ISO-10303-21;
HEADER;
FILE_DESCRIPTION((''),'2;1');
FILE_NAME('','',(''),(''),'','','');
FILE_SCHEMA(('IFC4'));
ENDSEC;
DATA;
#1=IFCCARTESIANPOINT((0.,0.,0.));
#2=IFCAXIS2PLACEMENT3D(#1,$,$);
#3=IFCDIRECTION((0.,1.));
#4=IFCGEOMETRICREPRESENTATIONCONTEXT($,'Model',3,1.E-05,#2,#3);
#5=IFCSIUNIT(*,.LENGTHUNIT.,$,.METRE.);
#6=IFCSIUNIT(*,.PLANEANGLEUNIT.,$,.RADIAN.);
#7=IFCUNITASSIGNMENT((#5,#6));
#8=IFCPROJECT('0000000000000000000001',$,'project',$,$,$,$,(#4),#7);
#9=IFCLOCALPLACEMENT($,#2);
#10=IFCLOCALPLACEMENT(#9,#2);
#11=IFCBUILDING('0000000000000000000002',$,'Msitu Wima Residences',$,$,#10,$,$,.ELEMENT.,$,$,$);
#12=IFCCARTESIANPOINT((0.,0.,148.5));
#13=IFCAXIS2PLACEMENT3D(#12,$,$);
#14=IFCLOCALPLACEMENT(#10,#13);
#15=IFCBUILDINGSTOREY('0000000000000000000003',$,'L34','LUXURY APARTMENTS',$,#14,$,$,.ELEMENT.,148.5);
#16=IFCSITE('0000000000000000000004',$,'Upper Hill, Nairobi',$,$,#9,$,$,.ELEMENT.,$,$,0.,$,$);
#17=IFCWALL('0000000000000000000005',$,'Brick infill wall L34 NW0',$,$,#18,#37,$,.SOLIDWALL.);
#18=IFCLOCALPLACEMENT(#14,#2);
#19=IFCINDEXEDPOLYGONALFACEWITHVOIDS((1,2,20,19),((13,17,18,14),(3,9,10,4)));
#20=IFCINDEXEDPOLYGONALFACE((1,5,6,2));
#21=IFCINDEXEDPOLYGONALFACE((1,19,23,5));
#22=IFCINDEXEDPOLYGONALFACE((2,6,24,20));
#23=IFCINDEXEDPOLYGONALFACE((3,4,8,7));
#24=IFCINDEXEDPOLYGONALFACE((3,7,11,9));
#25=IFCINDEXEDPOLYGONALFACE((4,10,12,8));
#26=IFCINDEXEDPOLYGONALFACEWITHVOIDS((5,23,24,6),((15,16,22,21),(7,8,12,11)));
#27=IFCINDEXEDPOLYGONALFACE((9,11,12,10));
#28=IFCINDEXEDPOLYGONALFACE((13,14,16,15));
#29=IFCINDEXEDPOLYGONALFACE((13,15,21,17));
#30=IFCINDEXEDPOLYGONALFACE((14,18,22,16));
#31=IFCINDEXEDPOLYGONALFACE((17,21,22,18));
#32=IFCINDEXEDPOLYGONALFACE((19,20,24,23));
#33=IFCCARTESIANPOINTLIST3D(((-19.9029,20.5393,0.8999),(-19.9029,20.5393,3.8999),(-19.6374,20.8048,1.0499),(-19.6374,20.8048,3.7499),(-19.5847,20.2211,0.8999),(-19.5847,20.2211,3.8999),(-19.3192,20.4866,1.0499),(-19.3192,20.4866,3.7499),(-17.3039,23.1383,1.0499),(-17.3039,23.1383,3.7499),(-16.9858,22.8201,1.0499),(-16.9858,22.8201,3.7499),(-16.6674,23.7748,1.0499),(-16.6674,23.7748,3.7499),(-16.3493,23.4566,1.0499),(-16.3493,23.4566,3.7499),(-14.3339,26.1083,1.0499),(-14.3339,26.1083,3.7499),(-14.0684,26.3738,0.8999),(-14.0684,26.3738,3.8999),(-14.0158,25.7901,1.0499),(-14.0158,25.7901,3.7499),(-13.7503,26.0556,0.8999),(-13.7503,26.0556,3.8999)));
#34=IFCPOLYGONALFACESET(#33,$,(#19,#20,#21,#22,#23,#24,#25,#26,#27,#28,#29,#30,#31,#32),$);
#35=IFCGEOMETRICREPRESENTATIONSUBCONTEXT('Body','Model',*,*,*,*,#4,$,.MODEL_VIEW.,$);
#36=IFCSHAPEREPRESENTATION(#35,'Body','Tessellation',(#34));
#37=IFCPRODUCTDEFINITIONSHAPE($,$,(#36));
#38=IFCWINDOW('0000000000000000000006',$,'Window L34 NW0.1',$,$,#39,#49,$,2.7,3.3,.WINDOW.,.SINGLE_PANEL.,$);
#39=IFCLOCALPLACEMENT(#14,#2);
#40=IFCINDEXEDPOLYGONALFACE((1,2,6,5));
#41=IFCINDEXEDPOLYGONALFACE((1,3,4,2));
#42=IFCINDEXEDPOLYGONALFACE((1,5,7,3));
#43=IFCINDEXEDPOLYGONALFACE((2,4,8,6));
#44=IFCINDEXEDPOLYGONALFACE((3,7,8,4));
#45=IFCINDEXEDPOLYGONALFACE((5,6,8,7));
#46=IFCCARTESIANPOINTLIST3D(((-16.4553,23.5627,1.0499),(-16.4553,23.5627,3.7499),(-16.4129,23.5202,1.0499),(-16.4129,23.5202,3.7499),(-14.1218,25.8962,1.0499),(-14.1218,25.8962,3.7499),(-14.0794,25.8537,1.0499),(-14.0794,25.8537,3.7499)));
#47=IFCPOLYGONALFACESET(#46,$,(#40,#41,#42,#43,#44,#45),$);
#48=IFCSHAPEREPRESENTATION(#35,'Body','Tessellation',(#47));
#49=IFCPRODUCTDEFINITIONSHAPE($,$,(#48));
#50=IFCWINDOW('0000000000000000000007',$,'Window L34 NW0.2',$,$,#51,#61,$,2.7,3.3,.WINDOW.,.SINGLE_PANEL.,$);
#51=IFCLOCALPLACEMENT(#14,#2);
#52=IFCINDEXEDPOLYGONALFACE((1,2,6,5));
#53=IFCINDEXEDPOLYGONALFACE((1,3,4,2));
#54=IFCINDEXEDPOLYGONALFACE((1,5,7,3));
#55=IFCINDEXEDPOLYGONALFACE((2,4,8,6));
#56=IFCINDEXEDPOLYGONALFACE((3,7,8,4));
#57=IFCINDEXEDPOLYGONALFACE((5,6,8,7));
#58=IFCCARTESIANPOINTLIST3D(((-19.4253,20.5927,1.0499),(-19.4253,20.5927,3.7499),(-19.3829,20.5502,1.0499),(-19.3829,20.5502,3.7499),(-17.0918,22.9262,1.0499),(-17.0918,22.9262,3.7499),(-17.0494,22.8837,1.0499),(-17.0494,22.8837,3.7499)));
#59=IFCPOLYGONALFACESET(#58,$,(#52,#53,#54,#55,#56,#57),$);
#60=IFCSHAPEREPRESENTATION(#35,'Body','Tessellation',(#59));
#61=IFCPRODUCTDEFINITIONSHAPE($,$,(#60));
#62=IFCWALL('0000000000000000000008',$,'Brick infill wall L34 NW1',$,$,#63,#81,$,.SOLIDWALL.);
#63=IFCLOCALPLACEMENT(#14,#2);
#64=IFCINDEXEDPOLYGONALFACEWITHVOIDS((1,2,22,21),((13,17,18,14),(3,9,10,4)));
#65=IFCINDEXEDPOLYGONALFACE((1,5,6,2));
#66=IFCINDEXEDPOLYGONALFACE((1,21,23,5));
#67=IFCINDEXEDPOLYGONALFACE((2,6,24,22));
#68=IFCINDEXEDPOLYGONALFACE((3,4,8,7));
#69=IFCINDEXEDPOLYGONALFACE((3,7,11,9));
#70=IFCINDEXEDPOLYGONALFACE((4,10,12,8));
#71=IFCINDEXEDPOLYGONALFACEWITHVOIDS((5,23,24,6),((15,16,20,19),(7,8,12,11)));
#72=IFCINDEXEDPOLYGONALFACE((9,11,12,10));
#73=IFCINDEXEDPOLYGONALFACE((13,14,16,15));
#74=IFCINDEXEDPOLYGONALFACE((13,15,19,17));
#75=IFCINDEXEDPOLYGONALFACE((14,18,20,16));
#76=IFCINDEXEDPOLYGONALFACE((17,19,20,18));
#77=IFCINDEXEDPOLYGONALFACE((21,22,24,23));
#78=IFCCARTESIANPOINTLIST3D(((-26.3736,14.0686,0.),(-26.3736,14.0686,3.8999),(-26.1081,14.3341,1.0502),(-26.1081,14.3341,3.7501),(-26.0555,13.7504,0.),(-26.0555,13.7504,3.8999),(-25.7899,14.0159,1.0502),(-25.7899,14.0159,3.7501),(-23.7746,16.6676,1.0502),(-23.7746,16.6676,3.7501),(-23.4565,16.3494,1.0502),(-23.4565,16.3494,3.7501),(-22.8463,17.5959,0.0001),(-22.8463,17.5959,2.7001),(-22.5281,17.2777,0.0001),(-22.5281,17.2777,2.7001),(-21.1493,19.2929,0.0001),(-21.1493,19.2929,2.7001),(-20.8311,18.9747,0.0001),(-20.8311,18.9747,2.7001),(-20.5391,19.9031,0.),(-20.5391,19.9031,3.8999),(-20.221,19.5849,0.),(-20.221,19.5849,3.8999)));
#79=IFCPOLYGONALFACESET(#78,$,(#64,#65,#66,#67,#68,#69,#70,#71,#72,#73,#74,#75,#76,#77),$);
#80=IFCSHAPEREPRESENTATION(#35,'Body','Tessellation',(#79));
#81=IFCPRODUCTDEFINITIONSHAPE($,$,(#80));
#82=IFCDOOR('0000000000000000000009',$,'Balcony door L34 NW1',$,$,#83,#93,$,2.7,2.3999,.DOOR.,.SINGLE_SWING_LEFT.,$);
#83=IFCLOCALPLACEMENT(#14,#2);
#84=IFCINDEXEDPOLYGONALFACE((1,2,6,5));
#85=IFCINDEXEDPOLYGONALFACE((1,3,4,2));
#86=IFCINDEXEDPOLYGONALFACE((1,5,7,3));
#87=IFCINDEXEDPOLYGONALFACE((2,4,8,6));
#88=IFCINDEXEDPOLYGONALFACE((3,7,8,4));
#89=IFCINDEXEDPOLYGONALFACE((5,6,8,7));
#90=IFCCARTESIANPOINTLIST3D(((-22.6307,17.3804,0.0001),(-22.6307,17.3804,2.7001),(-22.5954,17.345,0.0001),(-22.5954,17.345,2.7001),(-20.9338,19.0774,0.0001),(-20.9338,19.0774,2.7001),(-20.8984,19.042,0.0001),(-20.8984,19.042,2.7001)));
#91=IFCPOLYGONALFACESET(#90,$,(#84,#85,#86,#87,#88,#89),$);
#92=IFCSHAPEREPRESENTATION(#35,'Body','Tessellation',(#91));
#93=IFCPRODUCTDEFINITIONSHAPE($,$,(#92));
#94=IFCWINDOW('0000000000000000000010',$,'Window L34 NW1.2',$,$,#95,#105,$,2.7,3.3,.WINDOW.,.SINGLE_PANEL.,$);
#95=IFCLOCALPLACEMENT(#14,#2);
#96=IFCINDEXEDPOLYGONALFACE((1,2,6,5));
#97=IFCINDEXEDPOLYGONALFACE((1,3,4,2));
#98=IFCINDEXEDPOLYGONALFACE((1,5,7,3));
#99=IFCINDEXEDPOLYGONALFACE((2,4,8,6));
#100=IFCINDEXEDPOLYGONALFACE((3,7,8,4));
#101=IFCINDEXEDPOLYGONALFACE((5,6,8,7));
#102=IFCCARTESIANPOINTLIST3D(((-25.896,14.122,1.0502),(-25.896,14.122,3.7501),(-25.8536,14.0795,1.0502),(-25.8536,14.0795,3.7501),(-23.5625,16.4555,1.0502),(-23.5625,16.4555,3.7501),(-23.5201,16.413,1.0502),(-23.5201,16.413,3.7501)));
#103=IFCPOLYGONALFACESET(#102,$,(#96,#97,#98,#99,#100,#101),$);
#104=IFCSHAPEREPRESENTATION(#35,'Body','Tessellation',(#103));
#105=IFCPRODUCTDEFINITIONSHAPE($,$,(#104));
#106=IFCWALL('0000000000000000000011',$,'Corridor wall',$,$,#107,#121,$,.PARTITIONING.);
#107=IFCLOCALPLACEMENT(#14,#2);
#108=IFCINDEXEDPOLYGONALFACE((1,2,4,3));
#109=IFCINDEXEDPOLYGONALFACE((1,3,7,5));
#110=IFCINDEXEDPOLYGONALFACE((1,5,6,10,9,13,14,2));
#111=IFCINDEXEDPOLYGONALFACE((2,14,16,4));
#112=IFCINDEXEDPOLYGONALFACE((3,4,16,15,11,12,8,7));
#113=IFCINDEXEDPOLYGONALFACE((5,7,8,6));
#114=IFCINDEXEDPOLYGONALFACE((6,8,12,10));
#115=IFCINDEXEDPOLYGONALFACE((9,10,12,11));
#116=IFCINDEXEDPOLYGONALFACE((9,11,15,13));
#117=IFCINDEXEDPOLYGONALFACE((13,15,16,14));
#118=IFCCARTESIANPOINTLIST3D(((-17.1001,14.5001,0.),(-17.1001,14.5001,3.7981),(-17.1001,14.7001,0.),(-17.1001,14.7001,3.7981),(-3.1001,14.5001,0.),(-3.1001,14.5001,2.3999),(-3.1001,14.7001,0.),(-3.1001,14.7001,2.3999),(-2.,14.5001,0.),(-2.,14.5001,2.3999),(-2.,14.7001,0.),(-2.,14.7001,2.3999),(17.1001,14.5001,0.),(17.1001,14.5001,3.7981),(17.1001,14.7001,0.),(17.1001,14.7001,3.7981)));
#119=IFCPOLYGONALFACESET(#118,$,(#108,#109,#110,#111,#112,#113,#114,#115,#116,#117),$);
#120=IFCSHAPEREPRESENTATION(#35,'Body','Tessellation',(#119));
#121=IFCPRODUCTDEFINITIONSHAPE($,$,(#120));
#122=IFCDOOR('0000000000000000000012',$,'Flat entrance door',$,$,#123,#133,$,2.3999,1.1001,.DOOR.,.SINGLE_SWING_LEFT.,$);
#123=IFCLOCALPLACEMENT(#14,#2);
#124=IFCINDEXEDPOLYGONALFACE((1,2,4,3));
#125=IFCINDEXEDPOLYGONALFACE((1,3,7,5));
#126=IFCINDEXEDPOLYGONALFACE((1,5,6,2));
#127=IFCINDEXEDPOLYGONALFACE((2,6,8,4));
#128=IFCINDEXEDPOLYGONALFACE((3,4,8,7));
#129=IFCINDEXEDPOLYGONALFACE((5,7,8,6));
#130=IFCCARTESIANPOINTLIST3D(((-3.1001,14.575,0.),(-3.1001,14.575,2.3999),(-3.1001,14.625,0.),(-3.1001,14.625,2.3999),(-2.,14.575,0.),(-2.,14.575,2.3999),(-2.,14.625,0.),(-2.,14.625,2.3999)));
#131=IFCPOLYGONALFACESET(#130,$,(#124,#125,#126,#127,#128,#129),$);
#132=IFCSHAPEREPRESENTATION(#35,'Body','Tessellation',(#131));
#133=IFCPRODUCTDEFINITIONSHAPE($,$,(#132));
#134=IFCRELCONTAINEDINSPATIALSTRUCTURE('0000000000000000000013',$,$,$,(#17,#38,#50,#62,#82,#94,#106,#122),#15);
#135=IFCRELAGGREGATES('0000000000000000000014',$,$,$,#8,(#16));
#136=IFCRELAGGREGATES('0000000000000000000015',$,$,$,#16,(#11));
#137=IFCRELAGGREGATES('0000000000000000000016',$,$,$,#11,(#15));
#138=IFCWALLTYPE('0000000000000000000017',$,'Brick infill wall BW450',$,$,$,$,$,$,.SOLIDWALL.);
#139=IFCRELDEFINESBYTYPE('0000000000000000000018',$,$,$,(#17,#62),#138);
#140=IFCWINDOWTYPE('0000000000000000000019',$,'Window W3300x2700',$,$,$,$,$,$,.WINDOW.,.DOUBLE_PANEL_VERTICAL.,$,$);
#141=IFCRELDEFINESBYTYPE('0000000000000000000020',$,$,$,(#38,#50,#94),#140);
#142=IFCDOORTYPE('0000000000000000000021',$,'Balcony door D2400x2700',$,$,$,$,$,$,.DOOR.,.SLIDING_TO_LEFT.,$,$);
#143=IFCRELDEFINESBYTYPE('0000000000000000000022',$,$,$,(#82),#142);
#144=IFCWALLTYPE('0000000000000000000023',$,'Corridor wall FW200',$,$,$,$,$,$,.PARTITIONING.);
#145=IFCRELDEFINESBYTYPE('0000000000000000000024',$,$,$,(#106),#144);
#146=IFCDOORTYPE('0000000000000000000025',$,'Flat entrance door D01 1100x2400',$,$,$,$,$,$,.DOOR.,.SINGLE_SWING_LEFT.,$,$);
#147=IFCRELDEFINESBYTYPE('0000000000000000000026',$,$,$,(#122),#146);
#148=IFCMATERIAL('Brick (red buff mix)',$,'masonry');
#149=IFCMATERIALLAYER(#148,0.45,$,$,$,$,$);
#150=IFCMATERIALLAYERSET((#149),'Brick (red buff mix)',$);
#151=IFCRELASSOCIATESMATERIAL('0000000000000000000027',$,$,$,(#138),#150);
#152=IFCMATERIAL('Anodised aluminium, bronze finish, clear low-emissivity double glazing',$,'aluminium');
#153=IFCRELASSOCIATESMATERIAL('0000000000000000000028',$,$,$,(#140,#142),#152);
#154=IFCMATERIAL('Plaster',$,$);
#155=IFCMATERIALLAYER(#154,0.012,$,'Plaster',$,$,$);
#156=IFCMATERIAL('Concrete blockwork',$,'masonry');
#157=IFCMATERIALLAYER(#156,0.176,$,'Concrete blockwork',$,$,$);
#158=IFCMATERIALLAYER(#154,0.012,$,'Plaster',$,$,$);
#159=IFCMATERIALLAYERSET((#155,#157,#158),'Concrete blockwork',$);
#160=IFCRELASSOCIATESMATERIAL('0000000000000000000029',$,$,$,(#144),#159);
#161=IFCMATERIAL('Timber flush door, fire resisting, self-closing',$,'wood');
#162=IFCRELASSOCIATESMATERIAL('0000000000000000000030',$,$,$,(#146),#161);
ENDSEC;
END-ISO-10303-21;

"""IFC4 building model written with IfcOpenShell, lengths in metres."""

from ifc_helpers import new_model, si_unit, direction, frame, frame_2d, origin, place, context, subcontext, project, spatial, rectangle, extrude, material, layer, layer_set, type_object, element, fill, save


model = new_model("IFC4")

# Units and contexts
model_context = context("Model", 3, precision=1e-05, world=origin(), true_north=direction((0.0, 1.0)))
body_context = subcontext(model_context, "Body", "Model", "MODEL_VIEW")
ifc_project = project(units=[si_unit("LENGTHUNIT", "METRE"), si_unit("PLANEANGLEUNIT", "RADIAN")], contexts=[model_context])

# Site, building, storey
site_placement = place(None, origin())
site = spatial("IfcSite", under=ifc_project, at=site_placement, Name="Upper Hill, Nairobi", CompositionType="ELEMENT", RefElevation=0.0)
building_placement = place(site_placement, origin())
building = spatial("IfcBuilding", under=site, at=building_placement, Name="Msitu Wima Residences", CompositionType="ELEMENT")
storey_placement = place(building_placement, frame((0.0, 0.0, 148.5)))
storey = spatial("IfcBuildingStorey", under=building, at=storey_placement, Name="L34", Description="LUXURY APARTMENTS", CompositionType="ELEMENT", Elevation=148.5)

# Wall, openings, windows
ifc_material_1 = material(Name="Brick (red buff mix)", Category="masonry")
ifc_layer_1 = layer(ifc_material_1, 0.45)
ifc_layer_set_1 = layer_set([ifc_layer_1], Name="Brick (red buff mix)")
wall_type_1 = type_object("IfcWallType", Name="Brick infill wall BW450", PredefinedType="SOLIDWALL", material=ifc_layer_set_1)
wall_1_placement = place(storey_placement, frame((-13.9094, 26.2146, 0.8999), z_axis=(0.0, 0.0, 1.0), x_axis=(-0.707107, -0.707107, 0.0)))
wall_1 = element("IfcWall", 1, at=wall_1_placement, inside=storey, type_object=wall_type_1, Name="Brick infill wall L34 NW0", PredefinedType="SOLIDWALL", context=body_context, shape_type="SweptSolid", body=[
    extrude(rectangle(XDim=8.2512, YDim=0.45, at=frame_2d((4.1255, 0.0))), origin(), (0.0, 0.0, 1.0), 3.0),
])
opening_1_placement = place(wall_1_placement, frame((0.3755, 0.0, 0.1499)))
opening_1 = element("IfcOpeningElement", 2, at=opening_1_placement, cuts=wall_1, PredefinedType="OPENING", context=body_context, shape_type="SweptSolid", body=[
    extrude(rectangle(XDim=3.3, YDim=2.7, at=frame_2d((1.6499, 1.3501))), frame((0.0, 0.2349, 0.0), z_axis=(0.0, -1.0, 0.0), x_axis=(1.0, 0.0, 0.0)), (0.0, 0.0, 1.0), 0.47),
])
opening_2_placement = place(wall_1_placement, frame((4.5757, 0.0, 0.1499)))
opening_2 = element("IfcOpeningElement", 3, at=opening_2_placement, cuts=wall_1, PredefinedType="OPENING", context=body_context, shape_type="SweptSolid", body=[
    extrude(rectangle(XDim=3.3, YDim=2.7, at=frame_2d((1.6499, 1.3501))), frame((0.0, 0.2349, 0.0), z_axis=(0.0, -1.0, 0.0), x_axis=(1.0, 0.0, 0.0)), (0.0, 0.0, 1.0), 0.47),
])
ifc_material_2 = material(Name="Anodised aluminium, bronze finish, clear low-emissivity double glazing", Category="aluminium")
window_type = type_object("IfcWindowType", Name="Window W3300x2700", PartitioningType="DOUBLE_PANEL_VERTICAL", PredefinedType="WINDOW", material=ifc_material_2)
window_1_placement = place(opening_1_placement, origin())
window_1 = element("IfcWindow", 4, at=window_1_placement, inside=storey, type_object=window_type, Name="Window L34 NW0.1", OverallHeight=2.7, OverallWidth=3.3, PartitioningType="SINGLE_PANEL", PredefinedType="WINDOW", context=body_context, shape_type="SweptSolid", body=[
    extrude(rectangle(XDim=3.3, YDim=2.7, at=frame_2d((1.6499, 1.3501))), frame((0.0, 0.135, 0.0), z_axis=(0.0, -1.0, 0.0), x_axis=(1.0, 0.0, 0.0)), (0.0, 0.0, 1.0), 0.0601),
])
fill(opening_1, window_1)
window_2_placement = place(opening_2_placement, origin())
window_2 = element("IfcWindow", 5, at=window_2_placement, inside=storey, type_object=window_type, Name="Window L34 NW0.2", OverallHeight=2.7, OverallWidth=3.3, PartitioningType="SINGLE_PANEL", PredefinedType="WINDOW", context=body_context, shape_type="SweptSolid", body=[
    extrude(rectangle(XDim=3.3, YDim=2.7, at=frame_2d((1.6499, 1.3501))), frame((0.0, 0.135, 0.0), z_axis=(0.0, -1.0, 0.0), x_axis=(1.0, 0.0, 0.0)), (0.0, 0.0, 1.0), 0.0601),
])
fill(opening_2, window_2)

# Wall, openings, door, window
wall_2_placement = place(storey_placement, frame((-20.3801, 19.7439, 0.0), z_axis=(0.0, 0.0, 1.0), x_axis=(-0.707107, -0.707107, 0.0)))
wall_2 = element("IfcWall", 6, at=wall_2_placement, inside=storey, type_object=wall_type_1, Name="Brick infill wall L34 NW1", PredefinedType="SOLIDWALL", context=body_context, shape_type="SweptSolid", body=[
    extrude(rectangle(XDim=8.2512, YDim=0.45, at=frame_2d((4.1255, 0.0))), origin(), (0.0, 0.0, 1.0), 3.8999),
])
opening_3_placement = place(wall_2_placement, frame((0.8628, 0.0, 0.0)))
opening_3 = element("IfcOpeningElement", 7, at=opening_3_placement, cuts=wall_2, PredefinedType="OPENING", context=body_context, shape_type="SweptSolid", body=[
    extrude(rectangle(XDim=2.3999, YDim=2.7, at=frame_2d((1.2, 1.3501))), frame((0.0, 0.2349, 0.0), z_axis=(0.0, -1.0, 0.0), x_axis=(1.0, 0.0, 0.0)), (0.0, 0.0, 1.0), 0.47),
])
opening_4_placement = place(wall_2_placement, frame((4.5757, 0.0, 1.05)))
opening_4 = element("IfcOpeningElement", 8, at=opening_4_placement, cuts=wall_2, PredefinedType="OPENING", context=body_context, shape_type="SweptSolid", body=[
    extrude(rectangle(XDim=3.3, YDim=2.7, at=frame_2d((1.6499, 1.3501))), frame((0.0, 0.2349, 0.0), z_axis=(0.0, -1.0, 0.0), x_axis=(1.0, 0.0, 0.0)), (0.0, 0.0, 1.0), 0.47),
])
door_type_1 = type_object("IfcDoorType", Name="Balcony door D2400x2700", OperationType="SLIDING_TO_LEFT", PredefinedType="DOOR", material=ifc_material_2)
door_1_placement = place(opening_3_placement, origin())
door_1 = element("IfcDoor", 9, at=door_1_placement, inside=storey, type_object=door_type_1, Name="Balcony door L34 NW1", OperationType="SINGLE_SWING_LEFT", OverallHeight=2.7, OverallWidth=2.3999, PredefinedType="DOOR", context=body_context, shape_type="SweptSolid", body=[
    extrude(rectangle(XDim=2.3999, YDim=2.7, at=frame_2d((1.2, 1.3501))), frame((0.0, 0.1299, 0.0), z_axis=(0.0, -1.0, 0.0), x_axis=(1.0, 0.0, 0.0)), (0.0, 0.0, 1.0), 0.05),
])
fill(opening_3, door_1)
window_3_placement = place(opening_4_placement, origin())
window_3 = element("IfcWindow", 10, at=window_3_placement, inside=storey, type_object=window_type, Name="Window L34 NW1.2", OverallHeight=2.7, OverallWidth=3.3, PartitioningType="SINGLE_PANEL", PredefinedType="WINDOW", context=body_context, shape_type="SweptSolid", body=[
    extrude(rectangle(XDim=3.3, YDim=2.7, at=frame_2d((1.6499, 1.3501))), frame((0.0, 0.135, 0.0), z_axis=(0.0, -1.0, 0.0), x_axis=(1.0, 0.0, 0.0)), (0.0, 0.0, 1.0), 0.0601),
])
fill(opening_4, window_3)

# Wall, opening, door
ifc_material_3 = material(Name="Plaster")
ifc_layer_2 = layer(ifc_material_3, 0.012, Name="Plaster")
ifc_material_4 = material(Name="Concrete blockwork", Category="masonry")
ifc_layer_3 = layer(ifc_material_4, 0.176, Name="Concrete blockwork")
ifc_layer_4 = layer(ifc_material_3, 0.012, Name="Plaster")
ifc_layer_set_2 = layer_set([ifc_layer_2, ifc_layer_3, ifc_layer_4], Name="Concrete blockwork")
wall_type_2 = type_object("IfcWallType", Name="Corridor wall FW200", PredefinedType="PARTITIONING", material=ifc_layer_set_2)
wall_3_placement = place(storey_placement, frame((-17.1001, 14.6001, 0.0), z_axis=(0.0, 0.0, 1.0), x_axis=(1.0, 0.0, 0.0)))
wall_3 = element("IfcWall", 11, at=wall_3_placement, inside=storey, type_object=wall_type_2, Name="Corridor wall", PredefinedType="PARTITIONING", context=body_context, shape_type="SweptSolid", body=[
    extrude(rectangle(XDim=34.2002, YDim=0.2, at=frame_2d((17.1001, 0.0))), origin(), (0.0, 0.0, 1.0), 3.7981),
])
opening_5_placement = place(wall_3_placement, frame((14.0, 0.0, 0.0)))
opening_5 = element("IfcOpeningElement", 12, at=opening_5_placement, cuts=wall_3, PredefinedType="OPENING", context=body_context, shape_type="SweptSolid", body=[
    extrude(rectangle(XDim=1.1001, YDim=2.3999, at=frame_2d((0.55, 1.2))), frame((0.0, 0.1099, 0.0), z_axis=(0.0, -1.0, 0.0), x_axis=(1.0, 0.0, 0.0)), (0.0, 0.0, 1.0), 0.22),
])
ifc_material_5 = material(Name="Timber flush door, fire resisting, self-closing", Category="wood")
door_type_2 = type_object("IfcDoorType", Name="Flat entrance door D01 1100x2400", OperationType="SINGLE_SWING_LEFT", PredefinedType="DOOR", material=ifc_material_5)
door_2_placement = place(opening_5_placement, origin())
door_2 = element("IfcDoor", 13, at=door_2_placement, inside=storey, type_object=door_type_2, Name="Flat entrance door", OperationType="SINGLE_SWING_LEFT", OverallHeight=2.3999, OverallWidth=1.1001, PredefinedType="DOOR", context=body_context, shape_type="SweptSolid", body=[
    extrude(rectangle(XDim=1.1001, YDim=2.3999, at=frame_2d((0.55, 1.2))), frame((0.0, 0.0249, 0.0), z_axis=(0.0, -1.0, 0.0), x_axis=(1.0, 0.0, 0.0)), (0.0, 0.0, 1.0), 0.05),
])
fill(opening_5, door_2)

save(model, "model.ifc")
